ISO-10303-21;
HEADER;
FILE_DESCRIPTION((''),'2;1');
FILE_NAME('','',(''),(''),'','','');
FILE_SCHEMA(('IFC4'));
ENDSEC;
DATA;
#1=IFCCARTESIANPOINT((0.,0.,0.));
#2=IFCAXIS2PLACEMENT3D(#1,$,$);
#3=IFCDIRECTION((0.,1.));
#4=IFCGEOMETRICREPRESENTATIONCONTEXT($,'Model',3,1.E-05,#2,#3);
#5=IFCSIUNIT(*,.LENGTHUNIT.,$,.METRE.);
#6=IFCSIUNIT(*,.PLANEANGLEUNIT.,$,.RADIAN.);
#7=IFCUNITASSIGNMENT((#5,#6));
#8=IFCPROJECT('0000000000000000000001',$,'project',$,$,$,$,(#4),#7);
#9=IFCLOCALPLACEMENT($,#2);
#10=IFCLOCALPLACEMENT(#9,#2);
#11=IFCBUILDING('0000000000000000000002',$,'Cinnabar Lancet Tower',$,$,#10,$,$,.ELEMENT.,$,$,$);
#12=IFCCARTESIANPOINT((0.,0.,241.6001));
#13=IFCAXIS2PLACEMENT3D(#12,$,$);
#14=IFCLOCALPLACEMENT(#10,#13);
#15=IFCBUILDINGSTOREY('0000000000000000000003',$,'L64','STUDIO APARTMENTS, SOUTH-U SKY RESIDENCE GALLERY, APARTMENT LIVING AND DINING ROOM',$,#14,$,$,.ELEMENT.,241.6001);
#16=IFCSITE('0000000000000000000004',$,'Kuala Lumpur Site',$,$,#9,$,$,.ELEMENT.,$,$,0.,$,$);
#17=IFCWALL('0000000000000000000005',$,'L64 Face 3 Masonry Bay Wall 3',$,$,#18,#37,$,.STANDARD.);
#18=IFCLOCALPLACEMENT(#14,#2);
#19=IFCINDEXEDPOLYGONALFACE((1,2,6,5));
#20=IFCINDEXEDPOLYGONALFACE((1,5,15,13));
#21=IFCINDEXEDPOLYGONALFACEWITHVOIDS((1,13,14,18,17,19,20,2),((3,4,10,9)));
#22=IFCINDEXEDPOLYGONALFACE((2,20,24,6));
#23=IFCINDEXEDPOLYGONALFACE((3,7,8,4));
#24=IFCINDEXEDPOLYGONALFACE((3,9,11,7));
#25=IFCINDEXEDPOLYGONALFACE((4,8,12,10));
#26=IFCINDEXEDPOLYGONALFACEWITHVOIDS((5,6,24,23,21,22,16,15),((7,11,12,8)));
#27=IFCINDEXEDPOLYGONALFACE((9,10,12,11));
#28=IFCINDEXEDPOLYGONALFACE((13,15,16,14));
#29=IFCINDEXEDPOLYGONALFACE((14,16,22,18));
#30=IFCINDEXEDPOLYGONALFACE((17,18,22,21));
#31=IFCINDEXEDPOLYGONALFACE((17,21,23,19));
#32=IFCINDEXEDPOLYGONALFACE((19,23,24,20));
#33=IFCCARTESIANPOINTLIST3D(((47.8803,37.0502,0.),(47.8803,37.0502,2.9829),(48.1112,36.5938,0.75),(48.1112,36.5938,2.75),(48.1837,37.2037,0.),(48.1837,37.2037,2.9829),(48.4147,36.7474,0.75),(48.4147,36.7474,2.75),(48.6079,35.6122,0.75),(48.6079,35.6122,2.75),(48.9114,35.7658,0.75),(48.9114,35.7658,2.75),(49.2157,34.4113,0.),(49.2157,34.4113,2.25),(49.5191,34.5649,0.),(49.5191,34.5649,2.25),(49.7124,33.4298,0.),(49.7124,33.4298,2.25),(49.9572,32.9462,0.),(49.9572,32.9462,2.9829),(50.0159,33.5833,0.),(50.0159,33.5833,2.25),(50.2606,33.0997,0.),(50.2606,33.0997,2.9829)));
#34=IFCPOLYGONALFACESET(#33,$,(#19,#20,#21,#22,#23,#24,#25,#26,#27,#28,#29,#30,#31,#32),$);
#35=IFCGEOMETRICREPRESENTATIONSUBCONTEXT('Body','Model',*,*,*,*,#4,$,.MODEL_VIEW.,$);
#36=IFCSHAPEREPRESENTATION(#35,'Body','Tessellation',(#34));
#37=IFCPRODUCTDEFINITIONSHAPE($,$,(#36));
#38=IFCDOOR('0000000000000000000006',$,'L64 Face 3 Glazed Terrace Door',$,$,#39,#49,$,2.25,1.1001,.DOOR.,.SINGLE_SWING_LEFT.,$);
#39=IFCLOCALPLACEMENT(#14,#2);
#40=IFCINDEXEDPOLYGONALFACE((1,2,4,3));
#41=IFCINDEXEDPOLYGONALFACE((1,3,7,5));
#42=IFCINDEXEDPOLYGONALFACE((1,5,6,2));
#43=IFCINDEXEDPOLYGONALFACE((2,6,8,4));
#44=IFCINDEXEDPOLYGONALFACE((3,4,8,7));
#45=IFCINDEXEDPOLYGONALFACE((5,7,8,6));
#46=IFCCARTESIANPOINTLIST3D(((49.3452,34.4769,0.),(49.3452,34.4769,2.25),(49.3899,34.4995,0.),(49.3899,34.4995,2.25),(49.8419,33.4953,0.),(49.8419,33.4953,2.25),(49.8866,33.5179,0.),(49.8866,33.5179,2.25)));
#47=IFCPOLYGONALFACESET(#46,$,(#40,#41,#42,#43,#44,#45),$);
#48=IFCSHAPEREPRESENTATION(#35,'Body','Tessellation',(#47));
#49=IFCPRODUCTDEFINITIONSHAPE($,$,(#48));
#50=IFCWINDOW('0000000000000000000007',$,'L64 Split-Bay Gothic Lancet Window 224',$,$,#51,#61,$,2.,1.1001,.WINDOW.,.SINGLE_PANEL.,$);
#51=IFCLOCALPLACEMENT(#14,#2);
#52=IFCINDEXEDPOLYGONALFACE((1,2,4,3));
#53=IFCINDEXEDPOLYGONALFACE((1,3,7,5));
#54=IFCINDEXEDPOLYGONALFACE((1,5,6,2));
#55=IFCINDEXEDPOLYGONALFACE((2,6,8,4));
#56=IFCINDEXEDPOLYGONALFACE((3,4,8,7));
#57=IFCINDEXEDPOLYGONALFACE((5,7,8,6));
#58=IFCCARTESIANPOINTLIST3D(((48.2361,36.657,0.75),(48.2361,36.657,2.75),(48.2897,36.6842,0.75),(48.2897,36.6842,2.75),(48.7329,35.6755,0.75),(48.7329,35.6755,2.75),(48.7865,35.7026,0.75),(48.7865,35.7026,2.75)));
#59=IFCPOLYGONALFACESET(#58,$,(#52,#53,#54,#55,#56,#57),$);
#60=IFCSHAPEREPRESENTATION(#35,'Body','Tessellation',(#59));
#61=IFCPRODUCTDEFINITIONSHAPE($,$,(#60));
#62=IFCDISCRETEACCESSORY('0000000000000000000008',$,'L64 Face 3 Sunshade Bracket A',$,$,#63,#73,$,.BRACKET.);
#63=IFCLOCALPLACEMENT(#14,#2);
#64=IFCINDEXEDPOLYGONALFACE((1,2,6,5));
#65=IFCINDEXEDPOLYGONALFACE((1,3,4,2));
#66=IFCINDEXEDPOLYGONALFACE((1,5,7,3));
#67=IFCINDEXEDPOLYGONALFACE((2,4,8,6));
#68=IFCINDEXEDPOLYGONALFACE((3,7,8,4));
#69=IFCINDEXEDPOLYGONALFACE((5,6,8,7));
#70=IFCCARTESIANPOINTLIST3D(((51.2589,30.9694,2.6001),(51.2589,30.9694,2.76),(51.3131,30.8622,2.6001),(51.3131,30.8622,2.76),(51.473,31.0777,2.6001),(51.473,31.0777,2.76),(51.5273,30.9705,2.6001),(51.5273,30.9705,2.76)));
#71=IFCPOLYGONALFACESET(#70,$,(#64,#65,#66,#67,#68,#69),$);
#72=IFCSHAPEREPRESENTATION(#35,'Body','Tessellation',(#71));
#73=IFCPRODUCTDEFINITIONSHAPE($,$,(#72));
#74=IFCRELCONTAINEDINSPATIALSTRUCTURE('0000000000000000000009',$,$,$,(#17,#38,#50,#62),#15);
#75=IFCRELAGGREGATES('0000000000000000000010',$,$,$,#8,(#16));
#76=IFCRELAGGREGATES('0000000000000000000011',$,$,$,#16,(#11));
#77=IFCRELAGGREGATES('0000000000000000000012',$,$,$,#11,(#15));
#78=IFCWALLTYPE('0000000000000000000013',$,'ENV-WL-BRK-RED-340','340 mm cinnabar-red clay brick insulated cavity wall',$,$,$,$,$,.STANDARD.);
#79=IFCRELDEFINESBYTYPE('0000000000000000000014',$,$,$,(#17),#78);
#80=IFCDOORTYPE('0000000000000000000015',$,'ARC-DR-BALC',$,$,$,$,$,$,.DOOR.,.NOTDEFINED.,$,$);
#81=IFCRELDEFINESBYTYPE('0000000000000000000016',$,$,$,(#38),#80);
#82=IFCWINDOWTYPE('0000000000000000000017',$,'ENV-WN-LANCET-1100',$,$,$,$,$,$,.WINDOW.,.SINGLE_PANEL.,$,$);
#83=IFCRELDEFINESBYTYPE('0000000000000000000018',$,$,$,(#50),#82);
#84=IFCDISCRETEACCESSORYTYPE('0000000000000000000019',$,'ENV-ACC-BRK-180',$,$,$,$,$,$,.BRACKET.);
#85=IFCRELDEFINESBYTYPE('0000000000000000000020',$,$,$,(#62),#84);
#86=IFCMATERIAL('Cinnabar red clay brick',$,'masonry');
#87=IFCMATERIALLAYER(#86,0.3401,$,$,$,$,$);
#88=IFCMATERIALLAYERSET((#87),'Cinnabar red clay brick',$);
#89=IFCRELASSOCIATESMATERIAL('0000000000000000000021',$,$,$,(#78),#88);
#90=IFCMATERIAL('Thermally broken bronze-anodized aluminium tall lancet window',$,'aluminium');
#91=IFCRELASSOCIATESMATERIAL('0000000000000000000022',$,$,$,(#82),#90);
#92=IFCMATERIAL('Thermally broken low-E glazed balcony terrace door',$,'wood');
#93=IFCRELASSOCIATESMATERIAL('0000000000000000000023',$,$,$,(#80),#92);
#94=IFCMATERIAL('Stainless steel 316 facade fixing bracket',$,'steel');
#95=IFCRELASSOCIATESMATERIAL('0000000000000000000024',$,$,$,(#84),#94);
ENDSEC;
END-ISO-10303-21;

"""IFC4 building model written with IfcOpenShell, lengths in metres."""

from ifc_helpers import new_model, si_unit, direction, frame, frame_2d, origin, origin_2d, place, context, subcontext, project, spatial, rectangle, extrude, material, layer, layer_set, type_object, element, fill, save


model = new_model("IFC4")

# Units and contexts
model_context = context("Model", 3, precision=1e-05, world=origin(), true_north=direction((0.0, 1.0)))
body_context = subcontext(model_context, "Body", "Model", "MODEL_VIEW")
ifc_project = project(units=[si_unit("LENGTHUNIT", "METRE"), si_unit("PLANEANGLEUNIT", "RADIAN")], contexts=[model_context])

# Site, building, storey
site_placement = place(None, origin())
site = spatial("IfcSite", under=ifc_project, at=site_placement, Name="Kuala Lumpur Site", CompositionType="ELEMENT", RefElevation=0.0)
building_placement = place(site_placement, origin())
building = spatial("IfcBuilding", under=site, at=building_placement, Name="Cinnabar Lancet Tower", CompositionType="ELEMENT")
storey_placement = place(building_placement, frame((0.0, 0.0, 241.6001)))
storey = spatial("IfcBuildingStorey", under=building, at=storey_placement, Name="L64", Description="STUDIO APARTMENTS, SOUTH-U SKY RESIDENCE GALLERY, APARTMENT LIVING AND DINING ROOM", CompositionType="ELEMENT", Elevation=241.6001)

# Shared definitions
ifc_material_1 = material(Name="Cinnabar red clay brick", Category="masonry")
ifc_layer_1 = layer(ifc_material_1, 0.3401)
ifc_layer_set_1 = layer_set([ifc_layer_1], Name="Cinnabar red clay brick")
wall_type_1 = type_object("IfcWallType", Name="ENV-WL-BRK-RED-340", Description="340 mm cinnabar-red clay brick insulated cavity wall", PredefinedType="STANDARD", material=ifc_layer_set_1)
ifc_material_2 = material(Name="Thermally broken bronze-anodized aluminium tall lancet window", Category="aluminium")
window_type = type_object("IfcWindowType", Name="ENV-WN-LANCET-1100", PartitioningType="SINGLE_PANEL", PredefinedType="WINDOW", material=ifc_material_2)

# Wall, openings, door, window
wall_1_placement = place(storey_placement, frame((50.1089, 33.0229, 0.0), z_axis=(0.0, 0.0, 1.0), x_axis=(-0.45154, 0.892251, 0.0)))
wall_1 = element("IfcWall", 1, at=wall_1_placement, inside=storey, type_object=wall_type_1, Name="L64 Face 3 Masonry Bay Wall 3", PredefinedType="STANDARD", context=body_context, shape_type="SweptSolid", body=[
    extrude(rectangle(XDim=4.5996, YDim=0.3401, at=frame_2d((2.2998, 0.0))), origin(), (0.0, 0.0, 1.0), 2.9829),
])
opening_1_placement = place(wall_1_placement, frame((0.542, 0.0, 0.0)))
opening_1 = element("IfcOpeningElement", 2, at=opening_1_placement, cuts=wall_1, PredefinedType="OPENING", context=body_context, shape_type="SweptSolid", body=[
    extrude(rectangle(XDim=1.1001, YDim=2.25, at=frame_2d((0.55, 1.125))), frame((0.0, 0.1799, 0.0), z_axis=(0.0, -1.0, 0.0), x_axis=(1.0, 0.0, 0.0)), (0.0, 0.0, 1.0), 0.3601),
])
opening_2_placement = place(wall_1_placement, frame((2.988, 0.0, 0.75)))
opening_2 = element("IfcOpeningElement", 3, at=opening_2_placement, cuts=wall_1, PredefinedType="OPENING", context=body_context, shape_type="SweptSolid", body=[
    extrude(rectangle(XDim=1.1001, YDim=2.0, at=frame_2d((0.55, 1.0))), frame((0.0, 0.1799, 0.0), z_axis=(0.0, -1.0, 0.0), x_axis=(1.0, 0.0, 0.0)), (0.0, 0.0, 1.0), 0.3601),
])
ifc_material_3 = material(Name="Thermally broken low-E glazed balcony terrace door", Category="wood")
door_type_1 = type_object("IfcDoorType", Name="ARC-DR-BALC", OperationType="NOTDEFINED", PredefinedType="DOOR", material=ifc_material_3)
door_1_placement = place(opening_1_placement, origin())
door_1 = element("IfcDoor", 4, at=door_1_placement, inside=storey, type_object=door_type_1, Name="L64 Face 3 Glazed Terrace Door", OperationType="SINGLE_SWING_LEFT", OverallHeight=2.25, OverallWidth=1.1001, PredefinedType="DOOR", context=body_context, shape_type="SweptSolid", body=[
    extrude(rectangle(XDim=1.1001, YDim=2.25, at=frame_2d((0.55, 1.125))), frame((0.0, 0.0249, 0.0), z_axis=(0.0, -1.0, 0.0), x_axis=(1.0, 0.0, 0.0)), (0.0, 0.0, 1.0), 0.05),
])
fill(opening_1, door_1)
window_1_placement = place(opening_2_placement, origin())
window_1 = element("IfcWindow", 5, at=window_1_placement, inside=storey, type_object=window_type, Name="L64 Split-Bay Gothic Lancet Window 224", OverallHeight=2.0, OverallWidth=1.1001, PartitioningType="SINGLE_PANEL", PredefinedType="WINDOW", context=body_context, shape_type="SweptSolid", body=[
    extrude(rectangle(XDim=1.1001, YDim=2.0, at=frame_2d((0.55, 1.0))), frame((0.0, 0.03, 0.0), z_axis=(0.0, -1.0, 0.0), x_axis=(1.0, 0.0, 0.0)), (0.0, 0.0, 1.0), 0.0601),
])
fill(opening_2, window_1)

# Discrete accessory
ifc_material_4 = material(Name="Stainless steel 316 facade fixing bracket", Category="steel")
discrete_accessory_type = type_object("IfcDiscreteAccessoryType", Name="ENV-ACC-BRK-180", PredefinedType="BRACKET", material=ifc_material_4)
discrete_accessory_placement = place(storey_placement, frame((51.3931, 30.97, 2.6001), z_axis=(0.0, 0.0, 1.0), x_axis=(-0.451376, 0.892334, 0.0)))
element("IfcDiscreteAccessory", 6, at=discrete_accessory_placement, inside=storey, type_object=discrete_accessory_type, Name="L64 Face 3 Sunshade Bracket A", PredefinedType="BRACKET", context=body_context, shape_type="SweptSolid", body=[
    extrude(rectangle(XDim=0.1201, YDim=0.24, at=origin_2d()), origin(), (0.0, 0.0, 1.0), 0.1599),
])

save(model, "model.ifc")
